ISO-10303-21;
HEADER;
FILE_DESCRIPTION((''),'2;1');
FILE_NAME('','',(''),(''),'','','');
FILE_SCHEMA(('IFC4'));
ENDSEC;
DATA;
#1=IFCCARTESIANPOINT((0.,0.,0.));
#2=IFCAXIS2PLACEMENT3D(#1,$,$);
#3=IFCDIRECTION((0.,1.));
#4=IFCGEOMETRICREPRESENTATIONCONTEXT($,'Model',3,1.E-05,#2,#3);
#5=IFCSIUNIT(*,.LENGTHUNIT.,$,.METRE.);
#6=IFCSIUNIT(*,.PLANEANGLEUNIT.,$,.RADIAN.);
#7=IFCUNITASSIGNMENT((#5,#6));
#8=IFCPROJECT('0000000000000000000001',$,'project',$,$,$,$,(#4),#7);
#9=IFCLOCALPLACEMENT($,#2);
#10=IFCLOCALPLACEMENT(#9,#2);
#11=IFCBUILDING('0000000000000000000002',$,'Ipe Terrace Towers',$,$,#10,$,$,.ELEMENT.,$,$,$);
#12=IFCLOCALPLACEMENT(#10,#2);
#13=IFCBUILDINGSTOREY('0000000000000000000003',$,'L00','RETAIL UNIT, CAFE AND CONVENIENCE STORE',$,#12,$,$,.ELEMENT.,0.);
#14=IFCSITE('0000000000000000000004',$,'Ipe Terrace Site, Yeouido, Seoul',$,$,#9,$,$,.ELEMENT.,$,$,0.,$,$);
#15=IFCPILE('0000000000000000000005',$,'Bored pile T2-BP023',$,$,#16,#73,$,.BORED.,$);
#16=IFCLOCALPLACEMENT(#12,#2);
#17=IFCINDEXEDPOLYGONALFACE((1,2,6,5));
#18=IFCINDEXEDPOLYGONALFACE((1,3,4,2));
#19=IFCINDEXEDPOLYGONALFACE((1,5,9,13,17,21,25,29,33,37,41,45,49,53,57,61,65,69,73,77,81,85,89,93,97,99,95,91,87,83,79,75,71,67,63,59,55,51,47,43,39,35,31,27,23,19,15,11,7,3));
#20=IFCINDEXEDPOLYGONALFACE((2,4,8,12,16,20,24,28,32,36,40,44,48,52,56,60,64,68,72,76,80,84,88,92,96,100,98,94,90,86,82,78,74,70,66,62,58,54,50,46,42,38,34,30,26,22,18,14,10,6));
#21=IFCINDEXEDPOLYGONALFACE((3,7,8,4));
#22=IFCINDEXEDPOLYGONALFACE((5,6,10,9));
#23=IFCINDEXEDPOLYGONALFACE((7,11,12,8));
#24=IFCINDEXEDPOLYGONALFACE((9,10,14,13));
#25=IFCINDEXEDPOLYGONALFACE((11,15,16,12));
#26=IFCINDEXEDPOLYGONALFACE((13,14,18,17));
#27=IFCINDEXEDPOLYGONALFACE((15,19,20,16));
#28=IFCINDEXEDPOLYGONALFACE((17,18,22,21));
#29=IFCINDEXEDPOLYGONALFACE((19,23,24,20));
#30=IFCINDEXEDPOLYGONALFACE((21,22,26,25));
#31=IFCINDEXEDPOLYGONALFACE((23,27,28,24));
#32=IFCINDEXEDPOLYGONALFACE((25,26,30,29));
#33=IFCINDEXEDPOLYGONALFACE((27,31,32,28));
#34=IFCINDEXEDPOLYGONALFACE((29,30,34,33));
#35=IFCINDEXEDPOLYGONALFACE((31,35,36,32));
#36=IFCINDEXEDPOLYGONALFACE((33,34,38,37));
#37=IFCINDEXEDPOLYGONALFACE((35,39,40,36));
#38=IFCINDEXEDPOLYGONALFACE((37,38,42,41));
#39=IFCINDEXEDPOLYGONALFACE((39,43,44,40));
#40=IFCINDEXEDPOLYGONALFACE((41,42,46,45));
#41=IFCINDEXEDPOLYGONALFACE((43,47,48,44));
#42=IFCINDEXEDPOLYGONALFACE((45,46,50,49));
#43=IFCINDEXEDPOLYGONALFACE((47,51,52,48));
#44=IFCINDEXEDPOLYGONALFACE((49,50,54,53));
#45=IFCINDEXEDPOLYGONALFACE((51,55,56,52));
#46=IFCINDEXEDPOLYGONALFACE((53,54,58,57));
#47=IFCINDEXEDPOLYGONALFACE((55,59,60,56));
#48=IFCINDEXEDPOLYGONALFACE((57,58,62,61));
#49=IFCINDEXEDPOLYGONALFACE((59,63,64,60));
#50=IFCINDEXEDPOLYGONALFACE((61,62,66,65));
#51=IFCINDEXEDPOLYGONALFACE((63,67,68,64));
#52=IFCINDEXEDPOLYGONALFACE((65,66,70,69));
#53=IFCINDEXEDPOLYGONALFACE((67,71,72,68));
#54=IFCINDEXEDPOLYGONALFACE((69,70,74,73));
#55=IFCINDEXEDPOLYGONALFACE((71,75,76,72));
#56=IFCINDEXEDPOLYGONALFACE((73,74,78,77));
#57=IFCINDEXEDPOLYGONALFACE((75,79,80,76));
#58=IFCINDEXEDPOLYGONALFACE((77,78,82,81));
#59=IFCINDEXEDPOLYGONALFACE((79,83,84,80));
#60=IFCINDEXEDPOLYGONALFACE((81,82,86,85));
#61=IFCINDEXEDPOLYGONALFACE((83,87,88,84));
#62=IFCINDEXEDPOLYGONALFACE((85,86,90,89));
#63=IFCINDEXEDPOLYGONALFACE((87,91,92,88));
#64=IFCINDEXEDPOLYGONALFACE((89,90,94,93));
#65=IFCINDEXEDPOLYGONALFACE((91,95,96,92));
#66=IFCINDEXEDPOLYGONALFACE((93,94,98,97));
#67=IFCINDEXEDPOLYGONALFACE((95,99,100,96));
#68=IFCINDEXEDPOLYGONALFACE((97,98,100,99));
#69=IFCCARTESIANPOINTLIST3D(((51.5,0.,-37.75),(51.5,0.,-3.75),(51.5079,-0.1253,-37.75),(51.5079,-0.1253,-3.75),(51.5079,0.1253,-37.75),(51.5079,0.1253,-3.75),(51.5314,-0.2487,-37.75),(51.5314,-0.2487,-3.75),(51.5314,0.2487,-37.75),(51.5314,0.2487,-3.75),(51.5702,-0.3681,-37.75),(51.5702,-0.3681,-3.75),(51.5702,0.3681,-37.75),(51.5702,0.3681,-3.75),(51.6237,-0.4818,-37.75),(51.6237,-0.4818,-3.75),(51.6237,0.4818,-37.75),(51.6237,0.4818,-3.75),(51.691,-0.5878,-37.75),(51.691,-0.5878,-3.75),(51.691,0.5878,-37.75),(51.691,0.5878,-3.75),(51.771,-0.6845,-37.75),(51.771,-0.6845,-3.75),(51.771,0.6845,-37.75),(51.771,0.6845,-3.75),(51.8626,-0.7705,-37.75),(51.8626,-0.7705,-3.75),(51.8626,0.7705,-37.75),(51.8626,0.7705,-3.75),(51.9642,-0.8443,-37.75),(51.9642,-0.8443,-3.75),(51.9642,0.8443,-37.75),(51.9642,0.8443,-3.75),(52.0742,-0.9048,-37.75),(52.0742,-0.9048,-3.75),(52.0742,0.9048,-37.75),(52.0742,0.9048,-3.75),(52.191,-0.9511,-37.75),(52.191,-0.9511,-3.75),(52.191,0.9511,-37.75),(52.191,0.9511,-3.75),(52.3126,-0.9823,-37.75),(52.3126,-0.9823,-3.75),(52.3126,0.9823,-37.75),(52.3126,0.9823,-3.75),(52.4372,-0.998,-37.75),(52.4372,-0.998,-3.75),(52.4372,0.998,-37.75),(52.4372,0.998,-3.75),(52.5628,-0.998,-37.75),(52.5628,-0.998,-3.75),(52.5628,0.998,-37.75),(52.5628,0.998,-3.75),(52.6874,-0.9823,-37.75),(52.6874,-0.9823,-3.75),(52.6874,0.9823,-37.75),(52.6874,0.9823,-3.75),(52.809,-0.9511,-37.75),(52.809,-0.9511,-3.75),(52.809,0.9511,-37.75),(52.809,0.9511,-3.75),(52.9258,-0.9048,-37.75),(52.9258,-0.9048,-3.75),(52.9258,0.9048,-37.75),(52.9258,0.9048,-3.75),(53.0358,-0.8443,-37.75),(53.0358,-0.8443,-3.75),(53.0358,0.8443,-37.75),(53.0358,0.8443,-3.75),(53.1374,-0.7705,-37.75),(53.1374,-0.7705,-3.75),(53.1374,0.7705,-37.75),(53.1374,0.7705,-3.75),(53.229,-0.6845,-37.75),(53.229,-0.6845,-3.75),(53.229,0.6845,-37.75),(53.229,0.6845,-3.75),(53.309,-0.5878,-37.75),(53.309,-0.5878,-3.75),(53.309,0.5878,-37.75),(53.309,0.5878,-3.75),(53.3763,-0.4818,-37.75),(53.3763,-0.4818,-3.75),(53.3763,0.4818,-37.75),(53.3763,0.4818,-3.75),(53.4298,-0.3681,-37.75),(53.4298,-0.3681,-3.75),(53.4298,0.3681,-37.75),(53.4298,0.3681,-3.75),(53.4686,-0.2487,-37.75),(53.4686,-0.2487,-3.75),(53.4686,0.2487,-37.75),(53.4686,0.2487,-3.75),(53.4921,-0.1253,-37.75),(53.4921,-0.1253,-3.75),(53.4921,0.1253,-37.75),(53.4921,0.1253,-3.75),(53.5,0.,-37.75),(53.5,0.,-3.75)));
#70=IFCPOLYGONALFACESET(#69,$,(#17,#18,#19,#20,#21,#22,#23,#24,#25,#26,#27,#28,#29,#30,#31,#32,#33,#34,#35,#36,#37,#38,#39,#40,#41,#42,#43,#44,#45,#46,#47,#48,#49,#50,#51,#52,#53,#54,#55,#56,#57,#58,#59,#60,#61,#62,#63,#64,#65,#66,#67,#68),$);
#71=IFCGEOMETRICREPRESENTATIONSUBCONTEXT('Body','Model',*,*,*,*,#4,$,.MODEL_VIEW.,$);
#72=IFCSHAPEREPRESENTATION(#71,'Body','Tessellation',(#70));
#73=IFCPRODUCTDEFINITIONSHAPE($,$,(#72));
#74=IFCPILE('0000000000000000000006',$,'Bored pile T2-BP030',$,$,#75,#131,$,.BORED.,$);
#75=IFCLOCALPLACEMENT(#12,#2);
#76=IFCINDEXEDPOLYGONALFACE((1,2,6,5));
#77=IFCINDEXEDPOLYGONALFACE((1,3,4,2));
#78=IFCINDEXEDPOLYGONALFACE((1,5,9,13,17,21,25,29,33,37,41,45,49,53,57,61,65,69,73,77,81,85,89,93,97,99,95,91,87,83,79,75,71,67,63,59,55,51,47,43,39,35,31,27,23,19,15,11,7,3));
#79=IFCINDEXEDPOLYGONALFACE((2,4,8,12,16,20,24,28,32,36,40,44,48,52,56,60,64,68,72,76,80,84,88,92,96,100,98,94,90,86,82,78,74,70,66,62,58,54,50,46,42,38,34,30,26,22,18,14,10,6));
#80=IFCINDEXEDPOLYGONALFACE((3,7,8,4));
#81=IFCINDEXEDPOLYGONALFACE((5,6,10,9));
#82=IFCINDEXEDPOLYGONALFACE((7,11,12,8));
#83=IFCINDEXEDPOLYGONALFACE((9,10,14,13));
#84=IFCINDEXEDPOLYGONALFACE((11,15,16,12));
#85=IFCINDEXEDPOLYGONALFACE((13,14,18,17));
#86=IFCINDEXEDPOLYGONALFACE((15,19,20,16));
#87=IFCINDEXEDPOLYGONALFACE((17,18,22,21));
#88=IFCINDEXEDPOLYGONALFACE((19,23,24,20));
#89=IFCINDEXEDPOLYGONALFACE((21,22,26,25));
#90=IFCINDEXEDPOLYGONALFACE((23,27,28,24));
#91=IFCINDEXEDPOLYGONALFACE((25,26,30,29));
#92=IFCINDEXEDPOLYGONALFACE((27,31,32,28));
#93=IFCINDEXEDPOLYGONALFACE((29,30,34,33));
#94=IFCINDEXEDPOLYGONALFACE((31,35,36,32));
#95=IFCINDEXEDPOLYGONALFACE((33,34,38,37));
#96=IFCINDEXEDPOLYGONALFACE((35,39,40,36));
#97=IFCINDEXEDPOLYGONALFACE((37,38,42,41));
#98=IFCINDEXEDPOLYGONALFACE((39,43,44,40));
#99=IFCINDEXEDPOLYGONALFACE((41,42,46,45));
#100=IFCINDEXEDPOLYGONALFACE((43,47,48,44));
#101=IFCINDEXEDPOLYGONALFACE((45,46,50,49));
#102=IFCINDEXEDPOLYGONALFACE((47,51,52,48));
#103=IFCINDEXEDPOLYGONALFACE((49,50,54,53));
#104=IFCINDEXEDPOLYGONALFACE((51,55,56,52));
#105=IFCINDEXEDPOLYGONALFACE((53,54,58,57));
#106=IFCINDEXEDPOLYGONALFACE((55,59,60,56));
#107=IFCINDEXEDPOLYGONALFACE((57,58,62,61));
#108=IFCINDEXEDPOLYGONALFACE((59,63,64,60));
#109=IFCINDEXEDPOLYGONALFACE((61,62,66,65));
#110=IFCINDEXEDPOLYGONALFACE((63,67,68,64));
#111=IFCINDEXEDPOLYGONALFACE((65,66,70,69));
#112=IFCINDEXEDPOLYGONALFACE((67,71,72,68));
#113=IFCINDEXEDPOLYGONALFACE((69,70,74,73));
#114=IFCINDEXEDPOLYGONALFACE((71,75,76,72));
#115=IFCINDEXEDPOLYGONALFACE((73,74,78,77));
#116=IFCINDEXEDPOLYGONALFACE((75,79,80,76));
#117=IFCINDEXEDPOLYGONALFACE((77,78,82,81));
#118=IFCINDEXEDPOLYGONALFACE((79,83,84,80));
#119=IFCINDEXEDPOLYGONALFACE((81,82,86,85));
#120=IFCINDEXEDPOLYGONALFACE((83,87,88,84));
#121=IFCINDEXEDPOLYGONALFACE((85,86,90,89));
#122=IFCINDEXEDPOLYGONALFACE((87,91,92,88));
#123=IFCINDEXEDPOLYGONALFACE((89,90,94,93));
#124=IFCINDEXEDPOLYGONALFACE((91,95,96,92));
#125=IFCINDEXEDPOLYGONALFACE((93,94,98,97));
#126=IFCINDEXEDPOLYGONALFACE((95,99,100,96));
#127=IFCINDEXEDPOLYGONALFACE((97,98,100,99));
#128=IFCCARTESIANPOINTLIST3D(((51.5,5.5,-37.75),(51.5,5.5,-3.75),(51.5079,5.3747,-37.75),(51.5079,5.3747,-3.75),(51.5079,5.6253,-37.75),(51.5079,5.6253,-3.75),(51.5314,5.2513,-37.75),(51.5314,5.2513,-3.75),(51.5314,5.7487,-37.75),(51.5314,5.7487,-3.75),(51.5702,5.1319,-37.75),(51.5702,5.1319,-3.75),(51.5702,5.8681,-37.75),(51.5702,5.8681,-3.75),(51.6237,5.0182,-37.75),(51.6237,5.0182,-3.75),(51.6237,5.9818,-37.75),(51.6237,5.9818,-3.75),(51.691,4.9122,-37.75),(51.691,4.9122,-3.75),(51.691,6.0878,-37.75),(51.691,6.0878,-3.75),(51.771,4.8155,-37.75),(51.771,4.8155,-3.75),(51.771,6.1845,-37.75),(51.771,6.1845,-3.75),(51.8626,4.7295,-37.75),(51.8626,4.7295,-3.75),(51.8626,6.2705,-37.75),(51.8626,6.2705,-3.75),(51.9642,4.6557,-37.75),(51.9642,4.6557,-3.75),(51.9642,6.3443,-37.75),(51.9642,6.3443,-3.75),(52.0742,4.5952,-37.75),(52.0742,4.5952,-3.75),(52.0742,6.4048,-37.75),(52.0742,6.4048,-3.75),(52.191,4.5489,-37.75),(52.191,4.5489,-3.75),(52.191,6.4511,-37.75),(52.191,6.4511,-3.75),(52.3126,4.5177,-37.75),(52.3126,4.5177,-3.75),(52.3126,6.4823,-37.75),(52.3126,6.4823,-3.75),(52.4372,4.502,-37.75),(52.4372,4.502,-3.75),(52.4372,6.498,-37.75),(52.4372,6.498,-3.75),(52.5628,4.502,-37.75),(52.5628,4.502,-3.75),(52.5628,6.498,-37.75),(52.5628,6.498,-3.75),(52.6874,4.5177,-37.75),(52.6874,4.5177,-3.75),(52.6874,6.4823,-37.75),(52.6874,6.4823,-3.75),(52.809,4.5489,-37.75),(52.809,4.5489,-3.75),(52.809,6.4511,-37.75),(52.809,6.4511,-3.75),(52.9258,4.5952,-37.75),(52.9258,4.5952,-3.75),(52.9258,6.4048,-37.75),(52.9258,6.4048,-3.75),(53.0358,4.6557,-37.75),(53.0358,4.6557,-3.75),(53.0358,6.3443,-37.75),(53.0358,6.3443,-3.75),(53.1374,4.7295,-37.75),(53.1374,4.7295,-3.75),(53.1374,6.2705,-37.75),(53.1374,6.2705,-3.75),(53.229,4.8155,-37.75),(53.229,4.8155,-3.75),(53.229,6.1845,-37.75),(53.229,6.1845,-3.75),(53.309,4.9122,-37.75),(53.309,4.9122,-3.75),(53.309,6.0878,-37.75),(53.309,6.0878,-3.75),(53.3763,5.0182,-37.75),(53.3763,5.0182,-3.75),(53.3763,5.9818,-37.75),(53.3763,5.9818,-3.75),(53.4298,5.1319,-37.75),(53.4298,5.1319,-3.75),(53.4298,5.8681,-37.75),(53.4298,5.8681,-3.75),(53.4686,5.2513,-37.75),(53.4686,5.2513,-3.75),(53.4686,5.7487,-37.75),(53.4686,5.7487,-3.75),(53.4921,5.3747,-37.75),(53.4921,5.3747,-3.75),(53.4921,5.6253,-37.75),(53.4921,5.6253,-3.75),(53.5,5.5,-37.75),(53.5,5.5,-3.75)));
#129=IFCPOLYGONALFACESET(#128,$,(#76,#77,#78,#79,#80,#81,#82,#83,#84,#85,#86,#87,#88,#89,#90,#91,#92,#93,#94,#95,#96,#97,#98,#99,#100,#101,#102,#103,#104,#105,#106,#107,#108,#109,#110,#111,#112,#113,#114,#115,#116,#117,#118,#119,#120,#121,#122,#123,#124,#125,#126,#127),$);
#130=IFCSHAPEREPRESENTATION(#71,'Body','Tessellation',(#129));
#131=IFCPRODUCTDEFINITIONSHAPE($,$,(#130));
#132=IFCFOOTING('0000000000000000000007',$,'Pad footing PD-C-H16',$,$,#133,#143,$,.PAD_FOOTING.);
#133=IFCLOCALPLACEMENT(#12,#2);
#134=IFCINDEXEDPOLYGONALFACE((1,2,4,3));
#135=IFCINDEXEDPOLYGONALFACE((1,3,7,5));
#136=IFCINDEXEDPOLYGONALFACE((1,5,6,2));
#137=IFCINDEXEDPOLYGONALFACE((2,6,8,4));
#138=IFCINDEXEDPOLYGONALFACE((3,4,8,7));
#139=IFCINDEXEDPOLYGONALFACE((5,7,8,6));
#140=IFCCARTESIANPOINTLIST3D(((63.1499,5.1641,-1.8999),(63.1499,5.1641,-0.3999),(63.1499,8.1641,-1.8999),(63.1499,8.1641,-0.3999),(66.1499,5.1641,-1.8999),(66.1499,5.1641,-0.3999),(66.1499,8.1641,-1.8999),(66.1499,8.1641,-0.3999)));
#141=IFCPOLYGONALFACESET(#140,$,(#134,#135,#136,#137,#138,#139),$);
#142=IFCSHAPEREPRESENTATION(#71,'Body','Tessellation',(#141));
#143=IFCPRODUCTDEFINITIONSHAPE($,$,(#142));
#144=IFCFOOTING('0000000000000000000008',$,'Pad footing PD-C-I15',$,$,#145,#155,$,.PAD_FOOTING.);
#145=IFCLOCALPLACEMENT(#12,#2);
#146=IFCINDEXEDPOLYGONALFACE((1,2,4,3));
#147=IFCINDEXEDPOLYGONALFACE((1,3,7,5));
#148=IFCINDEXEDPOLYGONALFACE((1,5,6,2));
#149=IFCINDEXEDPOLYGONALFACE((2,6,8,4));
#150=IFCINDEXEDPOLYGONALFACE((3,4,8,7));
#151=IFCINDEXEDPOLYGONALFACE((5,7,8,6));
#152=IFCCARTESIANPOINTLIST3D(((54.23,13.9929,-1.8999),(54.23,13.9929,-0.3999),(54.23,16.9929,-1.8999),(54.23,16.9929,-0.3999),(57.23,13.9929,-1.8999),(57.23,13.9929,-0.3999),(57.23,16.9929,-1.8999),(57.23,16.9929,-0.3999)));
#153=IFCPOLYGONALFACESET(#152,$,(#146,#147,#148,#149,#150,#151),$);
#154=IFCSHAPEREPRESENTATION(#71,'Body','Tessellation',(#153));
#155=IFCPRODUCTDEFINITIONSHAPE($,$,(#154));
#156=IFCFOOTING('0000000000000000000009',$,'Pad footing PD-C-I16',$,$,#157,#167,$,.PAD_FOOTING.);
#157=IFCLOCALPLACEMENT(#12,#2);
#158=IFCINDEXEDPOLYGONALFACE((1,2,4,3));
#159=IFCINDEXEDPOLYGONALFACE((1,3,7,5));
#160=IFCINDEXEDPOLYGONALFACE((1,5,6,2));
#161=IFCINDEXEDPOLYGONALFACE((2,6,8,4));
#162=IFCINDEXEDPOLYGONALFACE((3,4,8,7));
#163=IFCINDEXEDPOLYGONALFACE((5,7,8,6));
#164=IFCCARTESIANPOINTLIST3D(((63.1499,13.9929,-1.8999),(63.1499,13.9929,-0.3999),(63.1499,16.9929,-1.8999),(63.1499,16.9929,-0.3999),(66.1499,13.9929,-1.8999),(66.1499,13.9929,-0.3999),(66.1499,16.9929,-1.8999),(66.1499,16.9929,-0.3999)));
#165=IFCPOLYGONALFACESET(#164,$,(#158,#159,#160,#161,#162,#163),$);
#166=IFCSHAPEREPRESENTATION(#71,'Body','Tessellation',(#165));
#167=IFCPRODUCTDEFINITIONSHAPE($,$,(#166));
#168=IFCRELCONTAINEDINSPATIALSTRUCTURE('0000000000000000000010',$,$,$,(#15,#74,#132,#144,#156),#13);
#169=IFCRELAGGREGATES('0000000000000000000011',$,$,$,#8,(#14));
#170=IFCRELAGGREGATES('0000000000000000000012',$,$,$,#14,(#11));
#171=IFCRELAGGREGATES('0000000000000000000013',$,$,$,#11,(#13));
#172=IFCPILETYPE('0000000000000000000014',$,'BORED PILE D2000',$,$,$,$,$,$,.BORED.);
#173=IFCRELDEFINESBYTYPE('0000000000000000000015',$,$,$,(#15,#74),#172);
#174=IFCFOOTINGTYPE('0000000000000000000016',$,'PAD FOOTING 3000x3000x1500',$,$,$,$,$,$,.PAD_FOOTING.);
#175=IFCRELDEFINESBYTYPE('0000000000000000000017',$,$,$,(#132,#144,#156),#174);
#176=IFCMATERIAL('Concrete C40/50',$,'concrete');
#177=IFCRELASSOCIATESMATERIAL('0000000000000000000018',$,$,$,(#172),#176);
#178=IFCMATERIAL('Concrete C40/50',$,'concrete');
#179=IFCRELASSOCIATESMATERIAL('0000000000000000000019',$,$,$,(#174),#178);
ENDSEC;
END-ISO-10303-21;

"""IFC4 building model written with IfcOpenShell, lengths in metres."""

from ifc_helpers import new_model, si_unit, direction, frame, origin, origin_2d, place, context, subcontext, project, spatial, rectangle, circle, extrude, material, material_profile, profile_set, type_object, element, save


model = new_model("IFC4")

# Units and contexts
model_context = context("Model", 3, precision=1e-05, world=origin(), true_north=direction((0.0, 1.0)))
body_context = subcontext(model_context, "Body", "Model", "MODEL_VIEW")
ifc_project = project(units=[si_unit("LENGTHUNIT", "METRE"), si_unit("PLANEANGLEUNIT", "RADIAN")], contexts=[model_context])

# Site, building, storey
site_placement = place(None, origin())
site = spatial("IfcSite", under=ifc_project, at=site_placement, Name="Ipe Terrace Site, Yeouido, Seoul", CompositionType="ELEMENT", RefElevation=0.0)
building_placement = place(site_placement, origin())
building = spatial("IfcBuilding", under=site, at=building_placement, Name="Ipe Terrace Towers", CompositionType="ELEMENT")
storey_placement = place(building_placement, origin())
storey = spatial("IfcBuildingStorey", under=building, at=storey_placement, Name="L00", Description="RETAIL UNIT, CAFE AND CONVENIENCE STORE", CompositionType="ELEMENT", Elevation=0.0)

# Piles
ifc_material_1 = material(Name="Concrete C40/50", Category="concrete")
ifc_material_profile_1 = material_profile(ifc_material_1, circle(Radius=1.0, at=origin_2d()), Name="BORED PILE D2000")
ifc_profile_set_1 = profile_set([ifc_material_profile_1], Name="Concrete C40/50")
pile_type = type_object("IfcPileType", Name="BORED PILE D2000", PredefinedType="BORED", material=ifc_profile_set_1)
for number, where, z_axis, x_axis, name in (
    (1, (52.5, 0.0, -3.75), (0.0, 0.0, -1.0), (1.0, 0.0, 0.0), "Bored pile T2-BP023"),
    (2, (52.5, 5.5, -3.75), (0.0, 0.0, -1.0), (1.0, 0.0, 0.0), "Bored pile T2-BP030"),
):
    element("IfcPile", number, at=place(storey_placement, frame(where, z_axis=z_axis, x_axis=x_axis)), inside=storey, type_object=pile_type, Name=name, PredefinedType="BORED", context=body_context, shape_type="SweptSolid", body=[
        extrude(circle(Radius=1.0, at=origin_2d()), origin(), (0.0, 0.0, 1.0), 34.0),
    ])

# Footings
ifc_material_2 = material(Name="Concrete C40/50", Category="concrete")
footing_type = type_object("IfcFootingType", Name="PAD FOOTING 3000x3000x1500", PredefinedType="PAD_FOOTING", material=ifc_material_2)
for number, where, z_axis, x_axis, name in (
    (3, (64.6499, 6.6641, -1.8999), (0.0, 0.0, 1.0), (1.0, 0.0, 0.0), "Pad footing PD-C-H16"),
    (4, (55.73, 15.4929, -1.8999), (0.0, 0.0, 1.0), (1.0, 0.0, 0.0), "Pad footing PD-C-I15"),
    (5, (64.6499, 15.4929, -1.8999), (0.0, 0.0, 1.0), (1.0, 0.0, 0.0), "Pad footing PD-C-I16"),
):
    element("IfcFooting", number, at=place(storey_placement, frame(where, z_axis=z_axis, x_axis=x_axis)), inside=storey, type_object=footing_type, Name=name, PredefinedType="PAD_FOOTING", context=body_context, shape_type="SweptSolid", body=[
        extrude(rectangle(XDim=3.0, YDim=3.0, at=origin_2d()), origin(), (0.0, 0.0, 1.0), 1.5),
    ])

save(model, "model.ifc")
